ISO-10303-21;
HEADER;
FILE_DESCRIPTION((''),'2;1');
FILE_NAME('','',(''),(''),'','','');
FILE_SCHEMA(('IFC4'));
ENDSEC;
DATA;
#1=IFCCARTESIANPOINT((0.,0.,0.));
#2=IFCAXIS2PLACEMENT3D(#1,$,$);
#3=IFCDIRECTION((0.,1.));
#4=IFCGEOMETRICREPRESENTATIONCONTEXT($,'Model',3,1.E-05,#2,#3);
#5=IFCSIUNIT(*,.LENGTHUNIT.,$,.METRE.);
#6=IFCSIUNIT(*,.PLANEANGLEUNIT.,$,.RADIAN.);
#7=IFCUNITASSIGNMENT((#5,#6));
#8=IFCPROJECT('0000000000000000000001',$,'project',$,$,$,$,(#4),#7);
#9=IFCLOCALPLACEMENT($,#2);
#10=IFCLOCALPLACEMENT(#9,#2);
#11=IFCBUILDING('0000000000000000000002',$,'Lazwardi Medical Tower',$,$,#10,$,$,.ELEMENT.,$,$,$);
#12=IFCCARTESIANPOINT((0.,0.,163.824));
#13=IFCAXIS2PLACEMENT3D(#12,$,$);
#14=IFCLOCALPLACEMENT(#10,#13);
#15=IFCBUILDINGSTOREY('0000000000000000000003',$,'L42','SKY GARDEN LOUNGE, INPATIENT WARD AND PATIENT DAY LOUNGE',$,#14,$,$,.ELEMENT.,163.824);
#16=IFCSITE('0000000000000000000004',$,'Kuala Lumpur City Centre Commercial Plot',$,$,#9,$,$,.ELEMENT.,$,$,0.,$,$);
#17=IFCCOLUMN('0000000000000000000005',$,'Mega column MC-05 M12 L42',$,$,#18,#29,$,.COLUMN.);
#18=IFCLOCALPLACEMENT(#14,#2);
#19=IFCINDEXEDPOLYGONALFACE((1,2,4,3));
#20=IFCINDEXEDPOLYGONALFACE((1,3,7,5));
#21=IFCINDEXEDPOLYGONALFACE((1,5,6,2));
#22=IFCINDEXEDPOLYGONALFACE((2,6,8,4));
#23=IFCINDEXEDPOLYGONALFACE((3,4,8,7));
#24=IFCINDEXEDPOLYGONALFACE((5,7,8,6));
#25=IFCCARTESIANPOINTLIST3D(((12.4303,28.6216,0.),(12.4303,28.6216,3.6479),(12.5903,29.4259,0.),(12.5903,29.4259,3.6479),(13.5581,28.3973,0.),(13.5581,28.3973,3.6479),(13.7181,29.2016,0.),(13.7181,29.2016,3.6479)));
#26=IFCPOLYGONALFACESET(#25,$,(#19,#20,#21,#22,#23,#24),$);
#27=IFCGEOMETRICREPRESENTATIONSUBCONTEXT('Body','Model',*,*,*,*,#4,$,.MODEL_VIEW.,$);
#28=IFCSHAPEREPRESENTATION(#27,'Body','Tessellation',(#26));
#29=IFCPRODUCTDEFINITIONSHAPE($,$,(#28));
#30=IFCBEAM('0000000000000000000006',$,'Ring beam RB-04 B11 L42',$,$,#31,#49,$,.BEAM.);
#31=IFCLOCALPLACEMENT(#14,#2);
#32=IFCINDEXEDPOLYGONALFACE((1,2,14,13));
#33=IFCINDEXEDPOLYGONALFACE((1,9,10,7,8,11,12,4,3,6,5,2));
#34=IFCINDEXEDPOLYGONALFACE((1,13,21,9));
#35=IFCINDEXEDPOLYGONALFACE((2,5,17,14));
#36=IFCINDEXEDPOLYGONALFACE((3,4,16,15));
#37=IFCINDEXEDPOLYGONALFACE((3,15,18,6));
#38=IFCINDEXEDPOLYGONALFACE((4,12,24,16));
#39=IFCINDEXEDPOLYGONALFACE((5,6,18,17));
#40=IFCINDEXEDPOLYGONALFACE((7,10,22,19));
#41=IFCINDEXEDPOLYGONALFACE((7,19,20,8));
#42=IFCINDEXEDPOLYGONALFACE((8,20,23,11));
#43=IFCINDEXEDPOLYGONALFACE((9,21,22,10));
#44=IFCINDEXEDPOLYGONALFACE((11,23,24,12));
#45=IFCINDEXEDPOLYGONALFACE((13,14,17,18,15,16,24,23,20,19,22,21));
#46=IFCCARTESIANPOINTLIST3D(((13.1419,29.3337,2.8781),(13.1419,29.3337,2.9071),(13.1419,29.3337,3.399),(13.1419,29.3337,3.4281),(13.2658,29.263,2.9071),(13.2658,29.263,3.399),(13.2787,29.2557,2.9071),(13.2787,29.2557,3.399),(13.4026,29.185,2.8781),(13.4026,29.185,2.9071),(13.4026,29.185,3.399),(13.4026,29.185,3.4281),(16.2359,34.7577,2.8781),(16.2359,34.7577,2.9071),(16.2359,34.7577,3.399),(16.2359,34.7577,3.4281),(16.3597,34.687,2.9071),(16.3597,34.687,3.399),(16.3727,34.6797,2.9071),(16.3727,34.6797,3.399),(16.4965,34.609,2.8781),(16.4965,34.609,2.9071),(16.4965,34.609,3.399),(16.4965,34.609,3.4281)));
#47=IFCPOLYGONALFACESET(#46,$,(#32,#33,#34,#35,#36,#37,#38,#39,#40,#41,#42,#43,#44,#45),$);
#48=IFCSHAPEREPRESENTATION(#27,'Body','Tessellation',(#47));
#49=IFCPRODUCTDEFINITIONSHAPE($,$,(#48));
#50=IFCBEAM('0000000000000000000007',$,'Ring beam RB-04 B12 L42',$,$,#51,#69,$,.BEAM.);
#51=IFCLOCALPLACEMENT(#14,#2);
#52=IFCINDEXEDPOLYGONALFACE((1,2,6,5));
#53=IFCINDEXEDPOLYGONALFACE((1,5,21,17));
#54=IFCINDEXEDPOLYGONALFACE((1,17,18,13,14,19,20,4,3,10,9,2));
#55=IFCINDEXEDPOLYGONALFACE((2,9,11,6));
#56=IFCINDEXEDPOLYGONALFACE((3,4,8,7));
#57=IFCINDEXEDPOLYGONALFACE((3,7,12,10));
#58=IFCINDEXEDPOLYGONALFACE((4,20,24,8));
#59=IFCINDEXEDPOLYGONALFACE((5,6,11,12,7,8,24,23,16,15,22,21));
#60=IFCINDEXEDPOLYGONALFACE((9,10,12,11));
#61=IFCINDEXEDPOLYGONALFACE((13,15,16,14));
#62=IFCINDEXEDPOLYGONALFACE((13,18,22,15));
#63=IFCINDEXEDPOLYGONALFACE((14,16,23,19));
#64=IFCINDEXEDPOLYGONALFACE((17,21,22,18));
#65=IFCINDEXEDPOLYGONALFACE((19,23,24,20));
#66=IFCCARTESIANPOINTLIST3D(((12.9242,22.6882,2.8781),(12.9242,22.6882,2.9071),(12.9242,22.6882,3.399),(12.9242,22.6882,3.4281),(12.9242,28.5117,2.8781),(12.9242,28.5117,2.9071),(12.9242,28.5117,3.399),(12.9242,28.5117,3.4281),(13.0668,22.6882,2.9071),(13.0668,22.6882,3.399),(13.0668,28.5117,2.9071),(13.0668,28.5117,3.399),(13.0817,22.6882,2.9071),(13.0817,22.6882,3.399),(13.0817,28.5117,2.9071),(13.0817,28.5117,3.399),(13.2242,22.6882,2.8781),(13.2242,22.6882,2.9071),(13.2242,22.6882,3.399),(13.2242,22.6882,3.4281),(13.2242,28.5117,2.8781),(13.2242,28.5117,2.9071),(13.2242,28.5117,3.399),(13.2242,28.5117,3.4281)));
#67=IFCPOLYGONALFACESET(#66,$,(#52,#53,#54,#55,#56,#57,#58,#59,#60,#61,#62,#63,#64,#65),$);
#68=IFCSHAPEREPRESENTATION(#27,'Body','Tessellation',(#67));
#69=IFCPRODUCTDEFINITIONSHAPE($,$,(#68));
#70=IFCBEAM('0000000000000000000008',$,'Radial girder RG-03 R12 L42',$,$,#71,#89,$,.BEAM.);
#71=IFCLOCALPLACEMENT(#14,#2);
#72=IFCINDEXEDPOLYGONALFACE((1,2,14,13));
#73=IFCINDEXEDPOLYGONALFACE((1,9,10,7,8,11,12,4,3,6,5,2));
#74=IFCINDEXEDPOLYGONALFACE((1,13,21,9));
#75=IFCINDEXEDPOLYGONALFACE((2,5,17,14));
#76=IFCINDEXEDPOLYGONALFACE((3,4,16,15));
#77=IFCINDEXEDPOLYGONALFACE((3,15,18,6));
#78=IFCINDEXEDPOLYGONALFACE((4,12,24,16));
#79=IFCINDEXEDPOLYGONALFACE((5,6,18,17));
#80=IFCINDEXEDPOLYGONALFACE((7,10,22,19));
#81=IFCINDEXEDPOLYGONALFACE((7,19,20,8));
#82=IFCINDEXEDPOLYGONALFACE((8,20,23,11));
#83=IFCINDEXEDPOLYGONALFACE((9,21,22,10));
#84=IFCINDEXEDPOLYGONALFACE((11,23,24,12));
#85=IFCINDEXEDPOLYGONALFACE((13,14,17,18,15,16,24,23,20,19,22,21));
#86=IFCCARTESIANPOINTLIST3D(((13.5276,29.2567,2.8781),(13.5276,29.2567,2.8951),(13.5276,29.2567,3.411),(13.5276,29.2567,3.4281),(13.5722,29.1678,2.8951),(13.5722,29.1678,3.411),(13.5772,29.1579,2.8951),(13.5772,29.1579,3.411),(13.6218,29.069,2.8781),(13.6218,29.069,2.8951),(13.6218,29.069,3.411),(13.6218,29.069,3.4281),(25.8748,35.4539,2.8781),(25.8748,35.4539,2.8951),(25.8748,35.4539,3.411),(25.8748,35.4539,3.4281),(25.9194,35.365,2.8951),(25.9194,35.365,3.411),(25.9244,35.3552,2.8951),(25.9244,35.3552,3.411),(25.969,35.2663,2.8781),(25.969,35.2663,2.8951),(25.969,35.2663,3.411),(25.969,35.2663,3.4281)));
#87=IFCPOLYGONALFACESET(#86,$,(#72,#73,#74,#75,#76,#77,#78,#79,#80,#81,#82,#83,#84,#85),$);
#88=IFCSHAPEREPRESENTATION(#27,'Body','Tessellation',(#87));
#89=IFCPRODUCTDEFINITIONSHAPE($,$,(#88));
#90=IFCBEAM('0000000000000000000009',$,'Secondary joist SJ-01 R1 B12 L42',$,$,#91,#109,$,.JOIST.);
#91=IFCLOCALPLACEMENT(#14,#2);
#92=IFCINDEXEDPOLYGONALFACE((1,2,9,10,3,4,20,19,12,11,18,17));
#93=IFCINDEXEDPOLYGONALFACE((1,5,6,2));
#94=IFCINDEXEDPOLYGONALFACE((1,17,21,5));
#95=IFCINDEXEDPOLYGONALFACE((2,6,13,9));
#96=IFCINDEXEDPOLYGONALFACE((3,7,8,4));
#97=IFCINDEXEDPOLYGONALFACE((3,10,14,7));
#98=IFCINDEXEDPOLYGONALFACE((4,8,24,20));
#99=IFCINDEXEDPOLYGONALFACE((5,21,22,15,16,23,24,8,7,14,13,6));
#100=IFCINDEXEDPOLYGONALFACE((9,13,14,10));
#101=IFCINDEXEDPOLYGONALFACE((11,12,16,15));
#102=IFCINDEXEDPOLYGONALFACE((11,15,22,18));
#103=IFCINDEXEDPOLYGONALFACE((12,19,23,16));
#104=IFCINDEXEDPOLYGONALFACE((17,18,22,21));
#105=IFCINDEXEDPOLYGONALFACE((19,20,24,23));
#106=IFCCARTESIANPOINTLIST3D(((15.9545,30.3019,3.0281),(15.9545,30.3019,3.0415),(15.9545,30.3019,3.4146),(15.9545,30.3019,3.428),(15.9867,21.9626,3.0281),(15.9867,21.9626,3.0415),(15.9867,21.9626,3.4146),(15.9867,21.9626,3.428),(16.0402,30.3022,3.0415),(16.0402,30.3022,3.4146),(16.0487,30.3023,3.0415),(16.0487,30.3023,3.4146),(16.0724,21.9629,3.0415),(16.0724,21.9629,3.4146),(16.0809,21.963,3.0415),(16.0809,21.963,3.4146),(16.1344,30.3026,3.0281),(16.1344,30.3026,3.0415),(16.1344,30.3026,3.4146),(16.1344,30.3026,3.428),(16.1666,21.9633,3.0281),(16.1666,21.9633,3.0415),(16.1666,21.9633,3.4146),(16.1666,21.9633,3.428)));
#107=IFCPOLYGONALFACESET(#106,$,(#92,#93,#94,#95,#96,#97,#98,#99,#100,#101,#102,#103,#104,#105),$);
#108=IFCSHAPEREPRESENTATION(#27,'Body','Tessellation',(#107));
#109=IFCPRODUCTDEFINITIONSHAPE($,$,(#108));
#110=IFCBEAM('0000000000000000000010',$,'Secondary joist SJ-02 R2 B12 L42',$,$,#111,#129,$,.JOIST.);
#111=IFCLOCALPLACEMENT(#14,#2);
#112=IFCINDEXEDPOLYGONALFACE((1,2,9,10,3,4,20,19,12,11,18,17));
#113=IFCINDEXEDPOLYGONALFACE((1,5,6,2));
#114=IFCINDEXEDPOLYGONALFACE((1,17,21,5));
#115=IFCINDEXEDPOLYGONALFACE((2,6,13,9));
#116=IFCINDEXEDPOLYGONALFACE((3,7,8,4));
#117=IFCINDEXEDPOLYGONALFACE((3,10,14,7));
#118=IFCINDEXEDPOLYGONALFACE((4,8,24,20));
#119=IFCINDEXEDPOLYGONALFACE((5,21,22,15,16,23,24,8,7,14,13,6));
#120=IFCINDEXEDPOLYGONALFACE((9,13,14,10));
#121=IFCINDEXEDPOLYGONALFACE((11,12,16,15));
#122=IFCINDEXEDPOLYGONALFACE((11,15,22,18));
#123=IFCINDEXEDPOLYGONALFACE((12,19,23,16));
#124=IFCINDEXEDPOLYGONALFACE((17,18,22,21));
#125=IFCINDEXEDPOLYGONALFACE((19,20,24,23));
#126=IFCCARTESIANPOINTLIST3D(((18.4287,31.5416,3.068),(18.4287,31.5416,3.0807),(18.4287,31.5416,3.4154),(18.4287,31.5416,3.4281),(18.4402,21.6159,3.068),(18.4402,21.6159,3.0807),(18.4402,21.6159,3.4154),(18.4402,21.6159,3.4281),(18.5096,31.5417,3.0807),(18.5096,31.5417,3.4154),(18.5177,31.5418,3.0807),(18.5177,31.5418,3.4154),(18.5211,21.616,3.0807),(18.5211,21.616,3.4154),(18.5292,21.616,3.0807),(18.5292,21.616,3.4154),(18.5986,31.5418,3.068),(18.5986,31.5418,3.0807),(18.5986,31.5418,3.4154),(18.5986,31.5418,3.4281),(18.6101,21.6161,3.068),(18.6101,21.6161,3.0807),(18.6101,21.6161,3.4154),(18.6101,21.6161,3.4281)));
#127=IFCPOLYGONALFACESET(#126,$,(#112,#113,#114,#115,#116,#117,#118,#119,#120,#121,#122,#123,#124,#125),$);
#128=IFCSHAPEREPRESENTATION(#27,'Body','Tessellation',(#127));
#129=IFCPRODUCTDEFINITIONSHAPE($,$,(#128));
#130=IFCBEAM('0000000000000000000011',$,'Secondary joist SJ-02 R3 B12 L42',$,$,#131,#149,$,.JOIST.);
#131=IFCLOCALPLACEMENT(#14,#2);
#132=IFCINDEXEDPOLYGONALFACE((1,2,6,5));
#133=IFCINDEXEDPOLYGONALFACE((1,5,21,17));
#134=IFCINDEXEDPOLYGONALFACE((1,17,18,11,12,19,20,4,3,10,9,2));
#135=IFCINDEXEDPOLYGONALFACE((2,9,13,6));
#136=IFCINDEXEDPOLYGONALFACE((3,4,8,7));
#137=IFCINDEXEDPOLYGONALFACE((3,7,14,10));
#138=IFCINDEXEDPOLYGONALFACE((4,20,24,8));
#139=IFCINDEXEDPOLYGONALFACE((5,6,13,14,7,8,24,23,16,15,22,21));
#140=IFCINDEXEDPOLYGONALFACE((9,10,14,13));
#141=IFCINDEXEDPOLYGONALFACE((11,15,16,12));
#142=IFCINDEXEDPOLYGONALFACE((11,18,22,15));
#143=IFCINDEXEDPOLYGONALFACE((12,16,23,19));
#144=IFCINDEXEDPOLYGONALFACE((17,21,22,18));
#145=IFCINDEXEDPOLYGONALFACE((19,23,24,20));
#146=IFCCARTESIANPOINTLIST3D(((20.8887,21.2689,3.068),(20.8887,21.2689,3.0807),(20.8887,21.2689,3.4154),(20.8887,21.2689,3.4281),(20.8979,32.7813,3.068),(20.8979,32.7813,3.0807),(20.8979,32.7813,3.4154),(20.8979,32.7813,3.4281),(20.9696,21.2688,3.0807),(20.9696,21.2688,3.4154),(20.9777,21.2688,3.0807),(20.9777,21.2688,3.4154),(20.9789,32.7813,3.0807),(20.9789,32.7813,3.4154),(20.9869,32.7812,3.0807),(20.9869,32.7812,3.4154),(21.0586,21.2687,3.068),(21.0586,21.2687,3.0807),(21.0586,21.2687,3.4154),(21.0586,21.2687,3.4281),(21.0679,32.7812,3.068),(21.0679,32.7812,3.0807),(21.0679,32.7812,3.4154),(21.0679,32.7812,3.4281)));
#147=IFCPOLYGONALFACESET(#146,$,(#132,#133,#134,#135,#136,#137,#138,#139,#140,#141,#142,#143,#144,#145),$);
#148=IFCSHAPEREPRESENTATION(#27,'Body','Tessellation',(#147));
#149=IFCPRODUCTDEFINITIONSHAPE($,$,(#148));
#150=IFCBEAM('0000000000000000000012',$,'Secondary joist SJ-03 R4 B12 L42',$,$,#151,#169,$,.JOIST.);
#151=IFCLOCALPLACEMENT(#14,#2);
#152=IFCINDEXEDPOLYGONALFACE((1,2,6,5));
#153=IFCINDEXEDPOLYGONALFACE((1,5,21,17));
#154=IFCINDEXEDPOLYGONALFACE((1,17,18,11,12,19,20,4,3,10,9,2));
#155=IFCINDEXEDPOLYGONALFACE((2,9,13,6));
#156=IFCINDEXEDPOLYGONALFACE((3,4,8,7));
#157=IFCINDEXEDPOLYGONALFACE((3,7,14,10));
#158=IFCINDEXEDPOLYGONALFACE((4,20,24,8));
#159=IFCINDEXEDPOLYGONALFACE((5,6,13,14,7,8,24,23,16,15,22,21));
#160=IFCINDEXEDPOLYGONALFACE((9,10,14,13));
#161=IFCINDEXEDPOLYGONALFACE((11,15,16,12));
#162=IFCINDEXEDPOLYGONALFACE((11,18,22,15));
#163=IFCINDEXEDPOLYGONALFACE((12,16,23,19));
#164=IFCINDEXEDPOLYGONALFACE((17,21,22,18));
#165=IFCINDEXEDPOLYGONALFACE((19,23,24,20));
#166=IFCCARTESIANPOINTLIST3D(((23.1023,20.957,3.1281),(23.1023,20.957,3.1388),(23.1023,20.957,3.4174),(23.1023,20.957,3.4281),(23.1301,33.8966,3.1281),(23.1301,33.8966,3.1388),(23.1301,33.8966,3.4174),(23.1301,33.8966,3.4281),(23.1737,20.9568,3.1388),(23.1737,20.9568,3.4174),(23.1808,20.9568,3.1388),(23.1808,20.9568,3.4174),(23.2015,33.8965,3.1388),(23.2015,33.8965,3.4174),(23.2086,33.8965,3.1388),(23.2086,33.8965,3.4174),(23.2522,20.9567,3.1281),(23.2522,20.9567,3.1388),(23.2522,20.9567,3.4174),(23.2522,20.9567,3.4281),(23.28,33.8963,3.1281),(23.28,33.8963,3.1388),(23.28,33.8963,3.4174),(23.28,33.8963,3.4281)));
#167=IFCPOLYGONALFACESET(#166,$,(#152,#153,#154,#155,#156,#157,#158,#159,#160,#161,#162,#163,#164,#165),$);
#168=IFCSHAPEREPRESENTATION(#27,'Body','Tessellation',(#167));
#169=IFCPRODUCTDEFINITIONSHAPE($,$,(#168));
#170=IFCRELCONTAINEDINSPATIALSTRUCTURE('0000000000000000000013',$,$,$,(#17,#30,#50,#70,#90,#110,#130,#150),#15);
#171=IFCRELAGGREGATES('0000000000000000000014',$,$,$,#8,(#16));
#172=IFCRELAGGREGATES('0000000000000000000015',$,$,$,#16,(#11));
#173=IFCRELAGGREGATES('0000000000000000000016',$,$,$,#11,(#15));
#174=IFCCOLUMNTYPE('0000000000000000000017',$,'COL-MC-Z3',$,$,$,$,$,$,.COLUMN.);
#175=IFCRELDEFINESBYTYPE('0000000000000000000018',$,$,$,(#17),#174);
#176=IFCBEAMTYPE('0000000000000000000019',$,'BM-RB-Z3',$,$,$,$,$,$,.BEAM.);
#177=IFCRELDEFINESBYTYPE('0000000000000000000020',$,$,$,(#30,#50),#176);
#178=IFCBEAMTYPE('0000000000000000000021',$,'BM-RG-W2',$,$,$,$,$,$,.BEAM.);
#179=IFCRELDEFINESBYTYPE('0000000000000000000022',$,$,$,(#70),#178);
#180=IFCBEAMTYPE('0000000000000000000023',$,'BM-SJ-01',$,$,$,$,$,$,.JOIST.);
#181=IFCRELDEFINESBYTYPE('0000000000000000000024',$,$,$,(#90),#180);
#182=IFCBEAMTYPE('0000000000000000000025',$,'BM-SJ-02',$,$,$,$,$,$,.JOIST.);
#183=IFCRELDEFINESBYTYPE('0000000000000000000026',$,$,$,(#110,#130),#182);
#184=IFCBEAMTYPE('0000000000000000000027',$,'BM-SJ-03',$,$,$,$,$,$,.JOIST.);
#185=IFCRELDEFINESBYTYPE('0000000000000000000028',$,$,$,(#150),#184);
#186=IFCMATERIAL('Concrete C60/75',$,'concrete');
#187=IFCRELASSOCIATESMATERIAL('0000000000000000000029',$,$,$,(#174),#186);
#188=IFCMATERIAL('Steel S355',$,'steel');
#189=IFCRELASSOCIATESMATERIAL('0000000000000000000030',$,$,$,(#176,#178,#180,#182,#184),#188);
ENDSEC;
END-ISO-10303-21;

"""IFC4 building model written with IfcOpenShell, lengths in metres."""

from ifc_helpers import new_model, si_unit, direction, frame, origin, origin_2d, place, context, subcontext, project, spatial, rectangle, i_section, extrude, material, material_profile, profile_set, type_object, element, save


model = new_model("IFC4")

# Units and contexts
model_context = context("Model", 3, precision=1e-05, world=origin(), true_north=direction((0.0, 1.0)))
body_context = subcontext(model_context, "Body", "Model", "MODEL_VIEW")
ifc_project = project(units=[si_unit("LENGTHUNIT", "METRE"), si_unit("PLANEANGLEUNIT", "RADIAN")], contexts=[model_context])

# Site, building, storey
site_placement = place(None, origin())
site = spatial("IfcSite", under=ifc_project, at=site_placement, Name="Kuala Lumpur City Centre Commercial Plot", CompositionType="ELEMENT", RefElevation=0.0)
building_placement = place(site_placement, origin())
building = spatial("IfcBuilding", under=site, at=building_placement, Name="Lazwardi Medical Tower", CompositionType="ELEMENT")
storey_placement = place(building_placement, frame((0.0, 0.0, 163.824)))
storey = spatial("IfcBuildingStorey", under=building, at=storey_placement, Name="L42", Description="SKY GARDEN LOUNGE, INPATIENT WARD AND PATIENT DAY LOUNGE", CompositionType="ELEMENT", Elevation=163.824)

# Column
ifc_material_1 = material(Name="Concrete C60/75", Category="concrete")
ifc_material_profile_1 = material_profile(ifc_material_1, rectangle(XDim=1.1499, YDim=0.8201, at=origin_2d()), Name="CFT-RECT 1150x820")
ifc_profile_set_1 = profile_set([ifc_material_profile_1], Name="Concrete C60/75")
column_type = type_object("IfcColumnType", Name="COL-MC-Z3", PredefinedType="COLUMN", material=ifc_profile_set_1)
column_placement = place(storey_placement, frame((13.0742, 28.9116, 0.0), z_axis=(0.0, 0.0, 1.0), x_axis=(-0.980785, 0.19509, 0.0)))
element("IfcColumn", 1, at=column_placement, inside=storey, type_object=column_type, Name="Mega column MC-05 M12 L42", PredefinedType="COLUMN", context=body_context, shape_type="SweptSolid", body=[
    extrude(rectangle(XDim=1.1499, YDim=0.8201, at=origin_2d()), origin(), (0.0, 0.0, 1.0), 3.6479),
])

# Beams
ifc_material_2 = material(Name="Steel S355", Category="steel")
ifc_material_profile_2 = material_profile(ifc_material_2, i_section(OverallWidth=0.3, OverallDepth=0.55, WebThickness=0.0149, FlangeThickness=0.0291, at=origin_2d()), Name="HEB 550")
ifc_profile_set_2 = profile_set([ifc_material_profile_2], Name="Steel S355")
beam_type_1 = type_object("IfcBeamType", Name="BM-RB-Z3", PredefinedType="BEAM", material=ifc_profile_set_2)
beam_1_placement = place(storey_placement, frame((16.3662, 34.6833, 3.1531), z_axis=(-0.495478, -0.868621, 0.0), x_axis=(0.868621, -0.495478, 0.0)))
element("IfcBeam", 2, at=beam_1_placement, inside=storey, type_object=beam_type_1, Name="Ring beam RB-04 B11 L42", PredefinedType="BEAM", context=body_context, shape_type="SweptSolid", body=[
    extrude(i_section(OverallWidth=0.3, OverallDepth=0.55, WebThickness=0.0149, FlangeThickness=0.0291, at=origin_2d()), origin(), (0.0, 0.0, 1.0), 6.2444),
])
beam_2_placement = place(storey_placement, frame((13.0742, 28.5117, 3.1531), z_axis=(0.0, -1.0, 0.0), x_axis=(1.0, 0.0, 0.0)))
element("IfcBeam", 3, at=beam_2_placement, inside=storey, type_object=beam_type_1, Name="Ring beam RB-04 B12 L42", PredefinedType="BEAM", context=body_context, shape_type="SweptSolid", body=[
    extrude(i_section(OverallWidth=0.3, OverallDepth=0.55, WebThickness=0.0149, FlangeThickness=0.0291, at=origin_2d()), origin(), (0.0, 0.0, 1.0), 5.8235),
])
ifc_material_profile_3 = material_profile(ifc_material_2, i_section(OverallWidth=0.21, OverallDepth=0.55, WebThickness=0.011, FlangeThickness=0.0171, at=origin_2d()), Name="IPE 550")
ifc_profile_set_3 = profile_set([ifc_material_profile_3], Name="Steel S355")
beam_type_2 = type_object("IfcBeamType", Name="BM-RG-W2", PredefinedType="BEAM", material=ifc_profile_set_3)
beam_3_placement = place(storey_placement, frame((13.5747, 29.1628, 3.1531), z_axis=(0.89374, 0.448584, 0.0), x_axis=(-0.448584, 0.89374, 0.0)))
element("IfcBeam", 4, at=beam_3_placement, inside=storey, type_object=beam_type_2, Name="Radial girder RG-03 R12 L42", PredefinedType="BEAM", context=body_context, shape_type="SweptSolid", body=[
    extrude(i_section(OverallWidth=0.21, OverallDepth=0.55, WebThickness=0.011, FlangeThickness=0.0171, at=origin_2d()), origin(), (0.0, 0.0, 1.0), 13.8152),
])
ifc_material_profile_4 = material_profile(ifc_material_2, i_section(OverallWidth=0.1799, OverallDepth=0.3999, WebThickness=0.0085, FlangeThickness=0.0134, at=origin_2d()), Name="IPE 400")
ifc_profile_set_4 = profile_set([ifc_material_profile_4], Name="Steel S355")
beam_type_3 = type_object("IfcBeamType", Name="BM-SJ-01", PredefinedType="JOIST", material=ifc_profile_set_4)
beam_4_placement = place(storey_placement, frame((16.0444, 30.3022, 3.228), z_axis=(0.003864, -0.999993, 0.0), x_axis=(0.999993, 0.003864, 0.0)))
element("IfcBeam", 5, at=beam_4_placement, inside=storey, type_object=beam_type_3, Name="Secondary joist SJ-01 R1 B12 L42", PredefinedType="JOIST", context=body_context, shape_type="SweptSolid", body=[
    extrude(i_section(OverallWidth=0.1799, OverallDepth=0.3999, WebThickness=0.0085, FlangeThickness=0.0134, at=origin_2d()), origin(), (0.0, 0.0, 1.0), 8.3394),
])
ifc_material_profile_5 = material_profile(ifc_material_2, i_section(OverallWidth=0.1699, OverallDepth=0.3601, WebThickness=0.0081, FlangeThickness=0.0127, at=origin_2d()), Name="IPE 360")
ifc_profile_set_5 = profile_set([ifc_material_profile_5], Name="Steel S355")
beam_type_4 = type_object("IfcBeamType", Name="BM-SJ-02", PredefinedType="JOIST", material=ifc_profile_set_5)
beam_5_placement = place(storey_placement, frame((18.5137, 31.5417, 3.248), z_axis=(0.001156, -0.999999, 0.0), x_axis=(0.999999, 0.001156, 0.0)))
element("IfcBeam", 6, at=beam_5_placement, inside=storey, type_object=beam_type_4, Name="Secondary joist SJ-02 R2 B12 L42", PredefinedType="JOIST", context=body_context, shape_type="SweptSolid", body=[
    extrude(i_section(OverallWidth=0.1699, OverallDepth=0.3601, WebThickness=0.0081, FlangeThickness=0.0127, at=origin_2d()), origin(), (0.0, 0.0, 1.0), 9.9258),
])
beam_6_placement = place(storey_placement, frame((20.9829, 32.7812, 3.248), z_axis=(-0.000806, -1.0, 0.0), x_axis=(1.0, -0.000806, 0.0)))
element("IfcBeam", 7, at=beam_6_placement, inside=storey, type_object=beam_type_4, Name="Secondary joist SJ-02 R3 B12 L42", PredefinedType="JOIST", context=body_context, shape_type="SweptSolid", body=[
    extrude(i_section(OverallWidth=0.1699, OverallDepth=0.3601, WebThickness=0.0081, FlangeThickness=0.0127, at=origin_2d()), origin(), (0.0, 0.0, 1.0), 11.5125),
])
ifc_material_profile_6 = material_profile(ifc_material_2, i_section(OverallWidth=0.1499, OverallDepth=0.3, WebThickness=0.0071, FlangeThickness=0.0107, at=origin_2d()), Name="IPE 300")
ifc_profile_set_6 = profile_set([ifc_material_profile_6], Name="Steel S355")
beam_type_5 = type_object("IfcBeamType", Name="BM-SJ-03", PredefinedType="JOIST", material=ifc_profile_set_6)
beam_7_placement = place(storey_placement, frame((23.2051, 33.8965, 3.2781), z_axis=(-0.002151, -0.999998, 0.0), x_axis=(0.999998, -0.002151, 0.0)))
element("IfcBeam", 8, at=beam_7_placement, inside=storey, type_object=beam_type_5, Name="Secondary joist SJ-03 R4 B12 L42", PredefinedType="JOIST", context=body_context, shape_type="SweptSolid", body=[
    extrude(i_section(OverallWidth=0.1499, OverallDepth=0.3, WebThickness=0.0071, FlangeThickness=0.0107, at=origin_2d()), origin(), (0.0, 0.0, 1.0), 12.9397),
])

save(model, "model.ifc")
